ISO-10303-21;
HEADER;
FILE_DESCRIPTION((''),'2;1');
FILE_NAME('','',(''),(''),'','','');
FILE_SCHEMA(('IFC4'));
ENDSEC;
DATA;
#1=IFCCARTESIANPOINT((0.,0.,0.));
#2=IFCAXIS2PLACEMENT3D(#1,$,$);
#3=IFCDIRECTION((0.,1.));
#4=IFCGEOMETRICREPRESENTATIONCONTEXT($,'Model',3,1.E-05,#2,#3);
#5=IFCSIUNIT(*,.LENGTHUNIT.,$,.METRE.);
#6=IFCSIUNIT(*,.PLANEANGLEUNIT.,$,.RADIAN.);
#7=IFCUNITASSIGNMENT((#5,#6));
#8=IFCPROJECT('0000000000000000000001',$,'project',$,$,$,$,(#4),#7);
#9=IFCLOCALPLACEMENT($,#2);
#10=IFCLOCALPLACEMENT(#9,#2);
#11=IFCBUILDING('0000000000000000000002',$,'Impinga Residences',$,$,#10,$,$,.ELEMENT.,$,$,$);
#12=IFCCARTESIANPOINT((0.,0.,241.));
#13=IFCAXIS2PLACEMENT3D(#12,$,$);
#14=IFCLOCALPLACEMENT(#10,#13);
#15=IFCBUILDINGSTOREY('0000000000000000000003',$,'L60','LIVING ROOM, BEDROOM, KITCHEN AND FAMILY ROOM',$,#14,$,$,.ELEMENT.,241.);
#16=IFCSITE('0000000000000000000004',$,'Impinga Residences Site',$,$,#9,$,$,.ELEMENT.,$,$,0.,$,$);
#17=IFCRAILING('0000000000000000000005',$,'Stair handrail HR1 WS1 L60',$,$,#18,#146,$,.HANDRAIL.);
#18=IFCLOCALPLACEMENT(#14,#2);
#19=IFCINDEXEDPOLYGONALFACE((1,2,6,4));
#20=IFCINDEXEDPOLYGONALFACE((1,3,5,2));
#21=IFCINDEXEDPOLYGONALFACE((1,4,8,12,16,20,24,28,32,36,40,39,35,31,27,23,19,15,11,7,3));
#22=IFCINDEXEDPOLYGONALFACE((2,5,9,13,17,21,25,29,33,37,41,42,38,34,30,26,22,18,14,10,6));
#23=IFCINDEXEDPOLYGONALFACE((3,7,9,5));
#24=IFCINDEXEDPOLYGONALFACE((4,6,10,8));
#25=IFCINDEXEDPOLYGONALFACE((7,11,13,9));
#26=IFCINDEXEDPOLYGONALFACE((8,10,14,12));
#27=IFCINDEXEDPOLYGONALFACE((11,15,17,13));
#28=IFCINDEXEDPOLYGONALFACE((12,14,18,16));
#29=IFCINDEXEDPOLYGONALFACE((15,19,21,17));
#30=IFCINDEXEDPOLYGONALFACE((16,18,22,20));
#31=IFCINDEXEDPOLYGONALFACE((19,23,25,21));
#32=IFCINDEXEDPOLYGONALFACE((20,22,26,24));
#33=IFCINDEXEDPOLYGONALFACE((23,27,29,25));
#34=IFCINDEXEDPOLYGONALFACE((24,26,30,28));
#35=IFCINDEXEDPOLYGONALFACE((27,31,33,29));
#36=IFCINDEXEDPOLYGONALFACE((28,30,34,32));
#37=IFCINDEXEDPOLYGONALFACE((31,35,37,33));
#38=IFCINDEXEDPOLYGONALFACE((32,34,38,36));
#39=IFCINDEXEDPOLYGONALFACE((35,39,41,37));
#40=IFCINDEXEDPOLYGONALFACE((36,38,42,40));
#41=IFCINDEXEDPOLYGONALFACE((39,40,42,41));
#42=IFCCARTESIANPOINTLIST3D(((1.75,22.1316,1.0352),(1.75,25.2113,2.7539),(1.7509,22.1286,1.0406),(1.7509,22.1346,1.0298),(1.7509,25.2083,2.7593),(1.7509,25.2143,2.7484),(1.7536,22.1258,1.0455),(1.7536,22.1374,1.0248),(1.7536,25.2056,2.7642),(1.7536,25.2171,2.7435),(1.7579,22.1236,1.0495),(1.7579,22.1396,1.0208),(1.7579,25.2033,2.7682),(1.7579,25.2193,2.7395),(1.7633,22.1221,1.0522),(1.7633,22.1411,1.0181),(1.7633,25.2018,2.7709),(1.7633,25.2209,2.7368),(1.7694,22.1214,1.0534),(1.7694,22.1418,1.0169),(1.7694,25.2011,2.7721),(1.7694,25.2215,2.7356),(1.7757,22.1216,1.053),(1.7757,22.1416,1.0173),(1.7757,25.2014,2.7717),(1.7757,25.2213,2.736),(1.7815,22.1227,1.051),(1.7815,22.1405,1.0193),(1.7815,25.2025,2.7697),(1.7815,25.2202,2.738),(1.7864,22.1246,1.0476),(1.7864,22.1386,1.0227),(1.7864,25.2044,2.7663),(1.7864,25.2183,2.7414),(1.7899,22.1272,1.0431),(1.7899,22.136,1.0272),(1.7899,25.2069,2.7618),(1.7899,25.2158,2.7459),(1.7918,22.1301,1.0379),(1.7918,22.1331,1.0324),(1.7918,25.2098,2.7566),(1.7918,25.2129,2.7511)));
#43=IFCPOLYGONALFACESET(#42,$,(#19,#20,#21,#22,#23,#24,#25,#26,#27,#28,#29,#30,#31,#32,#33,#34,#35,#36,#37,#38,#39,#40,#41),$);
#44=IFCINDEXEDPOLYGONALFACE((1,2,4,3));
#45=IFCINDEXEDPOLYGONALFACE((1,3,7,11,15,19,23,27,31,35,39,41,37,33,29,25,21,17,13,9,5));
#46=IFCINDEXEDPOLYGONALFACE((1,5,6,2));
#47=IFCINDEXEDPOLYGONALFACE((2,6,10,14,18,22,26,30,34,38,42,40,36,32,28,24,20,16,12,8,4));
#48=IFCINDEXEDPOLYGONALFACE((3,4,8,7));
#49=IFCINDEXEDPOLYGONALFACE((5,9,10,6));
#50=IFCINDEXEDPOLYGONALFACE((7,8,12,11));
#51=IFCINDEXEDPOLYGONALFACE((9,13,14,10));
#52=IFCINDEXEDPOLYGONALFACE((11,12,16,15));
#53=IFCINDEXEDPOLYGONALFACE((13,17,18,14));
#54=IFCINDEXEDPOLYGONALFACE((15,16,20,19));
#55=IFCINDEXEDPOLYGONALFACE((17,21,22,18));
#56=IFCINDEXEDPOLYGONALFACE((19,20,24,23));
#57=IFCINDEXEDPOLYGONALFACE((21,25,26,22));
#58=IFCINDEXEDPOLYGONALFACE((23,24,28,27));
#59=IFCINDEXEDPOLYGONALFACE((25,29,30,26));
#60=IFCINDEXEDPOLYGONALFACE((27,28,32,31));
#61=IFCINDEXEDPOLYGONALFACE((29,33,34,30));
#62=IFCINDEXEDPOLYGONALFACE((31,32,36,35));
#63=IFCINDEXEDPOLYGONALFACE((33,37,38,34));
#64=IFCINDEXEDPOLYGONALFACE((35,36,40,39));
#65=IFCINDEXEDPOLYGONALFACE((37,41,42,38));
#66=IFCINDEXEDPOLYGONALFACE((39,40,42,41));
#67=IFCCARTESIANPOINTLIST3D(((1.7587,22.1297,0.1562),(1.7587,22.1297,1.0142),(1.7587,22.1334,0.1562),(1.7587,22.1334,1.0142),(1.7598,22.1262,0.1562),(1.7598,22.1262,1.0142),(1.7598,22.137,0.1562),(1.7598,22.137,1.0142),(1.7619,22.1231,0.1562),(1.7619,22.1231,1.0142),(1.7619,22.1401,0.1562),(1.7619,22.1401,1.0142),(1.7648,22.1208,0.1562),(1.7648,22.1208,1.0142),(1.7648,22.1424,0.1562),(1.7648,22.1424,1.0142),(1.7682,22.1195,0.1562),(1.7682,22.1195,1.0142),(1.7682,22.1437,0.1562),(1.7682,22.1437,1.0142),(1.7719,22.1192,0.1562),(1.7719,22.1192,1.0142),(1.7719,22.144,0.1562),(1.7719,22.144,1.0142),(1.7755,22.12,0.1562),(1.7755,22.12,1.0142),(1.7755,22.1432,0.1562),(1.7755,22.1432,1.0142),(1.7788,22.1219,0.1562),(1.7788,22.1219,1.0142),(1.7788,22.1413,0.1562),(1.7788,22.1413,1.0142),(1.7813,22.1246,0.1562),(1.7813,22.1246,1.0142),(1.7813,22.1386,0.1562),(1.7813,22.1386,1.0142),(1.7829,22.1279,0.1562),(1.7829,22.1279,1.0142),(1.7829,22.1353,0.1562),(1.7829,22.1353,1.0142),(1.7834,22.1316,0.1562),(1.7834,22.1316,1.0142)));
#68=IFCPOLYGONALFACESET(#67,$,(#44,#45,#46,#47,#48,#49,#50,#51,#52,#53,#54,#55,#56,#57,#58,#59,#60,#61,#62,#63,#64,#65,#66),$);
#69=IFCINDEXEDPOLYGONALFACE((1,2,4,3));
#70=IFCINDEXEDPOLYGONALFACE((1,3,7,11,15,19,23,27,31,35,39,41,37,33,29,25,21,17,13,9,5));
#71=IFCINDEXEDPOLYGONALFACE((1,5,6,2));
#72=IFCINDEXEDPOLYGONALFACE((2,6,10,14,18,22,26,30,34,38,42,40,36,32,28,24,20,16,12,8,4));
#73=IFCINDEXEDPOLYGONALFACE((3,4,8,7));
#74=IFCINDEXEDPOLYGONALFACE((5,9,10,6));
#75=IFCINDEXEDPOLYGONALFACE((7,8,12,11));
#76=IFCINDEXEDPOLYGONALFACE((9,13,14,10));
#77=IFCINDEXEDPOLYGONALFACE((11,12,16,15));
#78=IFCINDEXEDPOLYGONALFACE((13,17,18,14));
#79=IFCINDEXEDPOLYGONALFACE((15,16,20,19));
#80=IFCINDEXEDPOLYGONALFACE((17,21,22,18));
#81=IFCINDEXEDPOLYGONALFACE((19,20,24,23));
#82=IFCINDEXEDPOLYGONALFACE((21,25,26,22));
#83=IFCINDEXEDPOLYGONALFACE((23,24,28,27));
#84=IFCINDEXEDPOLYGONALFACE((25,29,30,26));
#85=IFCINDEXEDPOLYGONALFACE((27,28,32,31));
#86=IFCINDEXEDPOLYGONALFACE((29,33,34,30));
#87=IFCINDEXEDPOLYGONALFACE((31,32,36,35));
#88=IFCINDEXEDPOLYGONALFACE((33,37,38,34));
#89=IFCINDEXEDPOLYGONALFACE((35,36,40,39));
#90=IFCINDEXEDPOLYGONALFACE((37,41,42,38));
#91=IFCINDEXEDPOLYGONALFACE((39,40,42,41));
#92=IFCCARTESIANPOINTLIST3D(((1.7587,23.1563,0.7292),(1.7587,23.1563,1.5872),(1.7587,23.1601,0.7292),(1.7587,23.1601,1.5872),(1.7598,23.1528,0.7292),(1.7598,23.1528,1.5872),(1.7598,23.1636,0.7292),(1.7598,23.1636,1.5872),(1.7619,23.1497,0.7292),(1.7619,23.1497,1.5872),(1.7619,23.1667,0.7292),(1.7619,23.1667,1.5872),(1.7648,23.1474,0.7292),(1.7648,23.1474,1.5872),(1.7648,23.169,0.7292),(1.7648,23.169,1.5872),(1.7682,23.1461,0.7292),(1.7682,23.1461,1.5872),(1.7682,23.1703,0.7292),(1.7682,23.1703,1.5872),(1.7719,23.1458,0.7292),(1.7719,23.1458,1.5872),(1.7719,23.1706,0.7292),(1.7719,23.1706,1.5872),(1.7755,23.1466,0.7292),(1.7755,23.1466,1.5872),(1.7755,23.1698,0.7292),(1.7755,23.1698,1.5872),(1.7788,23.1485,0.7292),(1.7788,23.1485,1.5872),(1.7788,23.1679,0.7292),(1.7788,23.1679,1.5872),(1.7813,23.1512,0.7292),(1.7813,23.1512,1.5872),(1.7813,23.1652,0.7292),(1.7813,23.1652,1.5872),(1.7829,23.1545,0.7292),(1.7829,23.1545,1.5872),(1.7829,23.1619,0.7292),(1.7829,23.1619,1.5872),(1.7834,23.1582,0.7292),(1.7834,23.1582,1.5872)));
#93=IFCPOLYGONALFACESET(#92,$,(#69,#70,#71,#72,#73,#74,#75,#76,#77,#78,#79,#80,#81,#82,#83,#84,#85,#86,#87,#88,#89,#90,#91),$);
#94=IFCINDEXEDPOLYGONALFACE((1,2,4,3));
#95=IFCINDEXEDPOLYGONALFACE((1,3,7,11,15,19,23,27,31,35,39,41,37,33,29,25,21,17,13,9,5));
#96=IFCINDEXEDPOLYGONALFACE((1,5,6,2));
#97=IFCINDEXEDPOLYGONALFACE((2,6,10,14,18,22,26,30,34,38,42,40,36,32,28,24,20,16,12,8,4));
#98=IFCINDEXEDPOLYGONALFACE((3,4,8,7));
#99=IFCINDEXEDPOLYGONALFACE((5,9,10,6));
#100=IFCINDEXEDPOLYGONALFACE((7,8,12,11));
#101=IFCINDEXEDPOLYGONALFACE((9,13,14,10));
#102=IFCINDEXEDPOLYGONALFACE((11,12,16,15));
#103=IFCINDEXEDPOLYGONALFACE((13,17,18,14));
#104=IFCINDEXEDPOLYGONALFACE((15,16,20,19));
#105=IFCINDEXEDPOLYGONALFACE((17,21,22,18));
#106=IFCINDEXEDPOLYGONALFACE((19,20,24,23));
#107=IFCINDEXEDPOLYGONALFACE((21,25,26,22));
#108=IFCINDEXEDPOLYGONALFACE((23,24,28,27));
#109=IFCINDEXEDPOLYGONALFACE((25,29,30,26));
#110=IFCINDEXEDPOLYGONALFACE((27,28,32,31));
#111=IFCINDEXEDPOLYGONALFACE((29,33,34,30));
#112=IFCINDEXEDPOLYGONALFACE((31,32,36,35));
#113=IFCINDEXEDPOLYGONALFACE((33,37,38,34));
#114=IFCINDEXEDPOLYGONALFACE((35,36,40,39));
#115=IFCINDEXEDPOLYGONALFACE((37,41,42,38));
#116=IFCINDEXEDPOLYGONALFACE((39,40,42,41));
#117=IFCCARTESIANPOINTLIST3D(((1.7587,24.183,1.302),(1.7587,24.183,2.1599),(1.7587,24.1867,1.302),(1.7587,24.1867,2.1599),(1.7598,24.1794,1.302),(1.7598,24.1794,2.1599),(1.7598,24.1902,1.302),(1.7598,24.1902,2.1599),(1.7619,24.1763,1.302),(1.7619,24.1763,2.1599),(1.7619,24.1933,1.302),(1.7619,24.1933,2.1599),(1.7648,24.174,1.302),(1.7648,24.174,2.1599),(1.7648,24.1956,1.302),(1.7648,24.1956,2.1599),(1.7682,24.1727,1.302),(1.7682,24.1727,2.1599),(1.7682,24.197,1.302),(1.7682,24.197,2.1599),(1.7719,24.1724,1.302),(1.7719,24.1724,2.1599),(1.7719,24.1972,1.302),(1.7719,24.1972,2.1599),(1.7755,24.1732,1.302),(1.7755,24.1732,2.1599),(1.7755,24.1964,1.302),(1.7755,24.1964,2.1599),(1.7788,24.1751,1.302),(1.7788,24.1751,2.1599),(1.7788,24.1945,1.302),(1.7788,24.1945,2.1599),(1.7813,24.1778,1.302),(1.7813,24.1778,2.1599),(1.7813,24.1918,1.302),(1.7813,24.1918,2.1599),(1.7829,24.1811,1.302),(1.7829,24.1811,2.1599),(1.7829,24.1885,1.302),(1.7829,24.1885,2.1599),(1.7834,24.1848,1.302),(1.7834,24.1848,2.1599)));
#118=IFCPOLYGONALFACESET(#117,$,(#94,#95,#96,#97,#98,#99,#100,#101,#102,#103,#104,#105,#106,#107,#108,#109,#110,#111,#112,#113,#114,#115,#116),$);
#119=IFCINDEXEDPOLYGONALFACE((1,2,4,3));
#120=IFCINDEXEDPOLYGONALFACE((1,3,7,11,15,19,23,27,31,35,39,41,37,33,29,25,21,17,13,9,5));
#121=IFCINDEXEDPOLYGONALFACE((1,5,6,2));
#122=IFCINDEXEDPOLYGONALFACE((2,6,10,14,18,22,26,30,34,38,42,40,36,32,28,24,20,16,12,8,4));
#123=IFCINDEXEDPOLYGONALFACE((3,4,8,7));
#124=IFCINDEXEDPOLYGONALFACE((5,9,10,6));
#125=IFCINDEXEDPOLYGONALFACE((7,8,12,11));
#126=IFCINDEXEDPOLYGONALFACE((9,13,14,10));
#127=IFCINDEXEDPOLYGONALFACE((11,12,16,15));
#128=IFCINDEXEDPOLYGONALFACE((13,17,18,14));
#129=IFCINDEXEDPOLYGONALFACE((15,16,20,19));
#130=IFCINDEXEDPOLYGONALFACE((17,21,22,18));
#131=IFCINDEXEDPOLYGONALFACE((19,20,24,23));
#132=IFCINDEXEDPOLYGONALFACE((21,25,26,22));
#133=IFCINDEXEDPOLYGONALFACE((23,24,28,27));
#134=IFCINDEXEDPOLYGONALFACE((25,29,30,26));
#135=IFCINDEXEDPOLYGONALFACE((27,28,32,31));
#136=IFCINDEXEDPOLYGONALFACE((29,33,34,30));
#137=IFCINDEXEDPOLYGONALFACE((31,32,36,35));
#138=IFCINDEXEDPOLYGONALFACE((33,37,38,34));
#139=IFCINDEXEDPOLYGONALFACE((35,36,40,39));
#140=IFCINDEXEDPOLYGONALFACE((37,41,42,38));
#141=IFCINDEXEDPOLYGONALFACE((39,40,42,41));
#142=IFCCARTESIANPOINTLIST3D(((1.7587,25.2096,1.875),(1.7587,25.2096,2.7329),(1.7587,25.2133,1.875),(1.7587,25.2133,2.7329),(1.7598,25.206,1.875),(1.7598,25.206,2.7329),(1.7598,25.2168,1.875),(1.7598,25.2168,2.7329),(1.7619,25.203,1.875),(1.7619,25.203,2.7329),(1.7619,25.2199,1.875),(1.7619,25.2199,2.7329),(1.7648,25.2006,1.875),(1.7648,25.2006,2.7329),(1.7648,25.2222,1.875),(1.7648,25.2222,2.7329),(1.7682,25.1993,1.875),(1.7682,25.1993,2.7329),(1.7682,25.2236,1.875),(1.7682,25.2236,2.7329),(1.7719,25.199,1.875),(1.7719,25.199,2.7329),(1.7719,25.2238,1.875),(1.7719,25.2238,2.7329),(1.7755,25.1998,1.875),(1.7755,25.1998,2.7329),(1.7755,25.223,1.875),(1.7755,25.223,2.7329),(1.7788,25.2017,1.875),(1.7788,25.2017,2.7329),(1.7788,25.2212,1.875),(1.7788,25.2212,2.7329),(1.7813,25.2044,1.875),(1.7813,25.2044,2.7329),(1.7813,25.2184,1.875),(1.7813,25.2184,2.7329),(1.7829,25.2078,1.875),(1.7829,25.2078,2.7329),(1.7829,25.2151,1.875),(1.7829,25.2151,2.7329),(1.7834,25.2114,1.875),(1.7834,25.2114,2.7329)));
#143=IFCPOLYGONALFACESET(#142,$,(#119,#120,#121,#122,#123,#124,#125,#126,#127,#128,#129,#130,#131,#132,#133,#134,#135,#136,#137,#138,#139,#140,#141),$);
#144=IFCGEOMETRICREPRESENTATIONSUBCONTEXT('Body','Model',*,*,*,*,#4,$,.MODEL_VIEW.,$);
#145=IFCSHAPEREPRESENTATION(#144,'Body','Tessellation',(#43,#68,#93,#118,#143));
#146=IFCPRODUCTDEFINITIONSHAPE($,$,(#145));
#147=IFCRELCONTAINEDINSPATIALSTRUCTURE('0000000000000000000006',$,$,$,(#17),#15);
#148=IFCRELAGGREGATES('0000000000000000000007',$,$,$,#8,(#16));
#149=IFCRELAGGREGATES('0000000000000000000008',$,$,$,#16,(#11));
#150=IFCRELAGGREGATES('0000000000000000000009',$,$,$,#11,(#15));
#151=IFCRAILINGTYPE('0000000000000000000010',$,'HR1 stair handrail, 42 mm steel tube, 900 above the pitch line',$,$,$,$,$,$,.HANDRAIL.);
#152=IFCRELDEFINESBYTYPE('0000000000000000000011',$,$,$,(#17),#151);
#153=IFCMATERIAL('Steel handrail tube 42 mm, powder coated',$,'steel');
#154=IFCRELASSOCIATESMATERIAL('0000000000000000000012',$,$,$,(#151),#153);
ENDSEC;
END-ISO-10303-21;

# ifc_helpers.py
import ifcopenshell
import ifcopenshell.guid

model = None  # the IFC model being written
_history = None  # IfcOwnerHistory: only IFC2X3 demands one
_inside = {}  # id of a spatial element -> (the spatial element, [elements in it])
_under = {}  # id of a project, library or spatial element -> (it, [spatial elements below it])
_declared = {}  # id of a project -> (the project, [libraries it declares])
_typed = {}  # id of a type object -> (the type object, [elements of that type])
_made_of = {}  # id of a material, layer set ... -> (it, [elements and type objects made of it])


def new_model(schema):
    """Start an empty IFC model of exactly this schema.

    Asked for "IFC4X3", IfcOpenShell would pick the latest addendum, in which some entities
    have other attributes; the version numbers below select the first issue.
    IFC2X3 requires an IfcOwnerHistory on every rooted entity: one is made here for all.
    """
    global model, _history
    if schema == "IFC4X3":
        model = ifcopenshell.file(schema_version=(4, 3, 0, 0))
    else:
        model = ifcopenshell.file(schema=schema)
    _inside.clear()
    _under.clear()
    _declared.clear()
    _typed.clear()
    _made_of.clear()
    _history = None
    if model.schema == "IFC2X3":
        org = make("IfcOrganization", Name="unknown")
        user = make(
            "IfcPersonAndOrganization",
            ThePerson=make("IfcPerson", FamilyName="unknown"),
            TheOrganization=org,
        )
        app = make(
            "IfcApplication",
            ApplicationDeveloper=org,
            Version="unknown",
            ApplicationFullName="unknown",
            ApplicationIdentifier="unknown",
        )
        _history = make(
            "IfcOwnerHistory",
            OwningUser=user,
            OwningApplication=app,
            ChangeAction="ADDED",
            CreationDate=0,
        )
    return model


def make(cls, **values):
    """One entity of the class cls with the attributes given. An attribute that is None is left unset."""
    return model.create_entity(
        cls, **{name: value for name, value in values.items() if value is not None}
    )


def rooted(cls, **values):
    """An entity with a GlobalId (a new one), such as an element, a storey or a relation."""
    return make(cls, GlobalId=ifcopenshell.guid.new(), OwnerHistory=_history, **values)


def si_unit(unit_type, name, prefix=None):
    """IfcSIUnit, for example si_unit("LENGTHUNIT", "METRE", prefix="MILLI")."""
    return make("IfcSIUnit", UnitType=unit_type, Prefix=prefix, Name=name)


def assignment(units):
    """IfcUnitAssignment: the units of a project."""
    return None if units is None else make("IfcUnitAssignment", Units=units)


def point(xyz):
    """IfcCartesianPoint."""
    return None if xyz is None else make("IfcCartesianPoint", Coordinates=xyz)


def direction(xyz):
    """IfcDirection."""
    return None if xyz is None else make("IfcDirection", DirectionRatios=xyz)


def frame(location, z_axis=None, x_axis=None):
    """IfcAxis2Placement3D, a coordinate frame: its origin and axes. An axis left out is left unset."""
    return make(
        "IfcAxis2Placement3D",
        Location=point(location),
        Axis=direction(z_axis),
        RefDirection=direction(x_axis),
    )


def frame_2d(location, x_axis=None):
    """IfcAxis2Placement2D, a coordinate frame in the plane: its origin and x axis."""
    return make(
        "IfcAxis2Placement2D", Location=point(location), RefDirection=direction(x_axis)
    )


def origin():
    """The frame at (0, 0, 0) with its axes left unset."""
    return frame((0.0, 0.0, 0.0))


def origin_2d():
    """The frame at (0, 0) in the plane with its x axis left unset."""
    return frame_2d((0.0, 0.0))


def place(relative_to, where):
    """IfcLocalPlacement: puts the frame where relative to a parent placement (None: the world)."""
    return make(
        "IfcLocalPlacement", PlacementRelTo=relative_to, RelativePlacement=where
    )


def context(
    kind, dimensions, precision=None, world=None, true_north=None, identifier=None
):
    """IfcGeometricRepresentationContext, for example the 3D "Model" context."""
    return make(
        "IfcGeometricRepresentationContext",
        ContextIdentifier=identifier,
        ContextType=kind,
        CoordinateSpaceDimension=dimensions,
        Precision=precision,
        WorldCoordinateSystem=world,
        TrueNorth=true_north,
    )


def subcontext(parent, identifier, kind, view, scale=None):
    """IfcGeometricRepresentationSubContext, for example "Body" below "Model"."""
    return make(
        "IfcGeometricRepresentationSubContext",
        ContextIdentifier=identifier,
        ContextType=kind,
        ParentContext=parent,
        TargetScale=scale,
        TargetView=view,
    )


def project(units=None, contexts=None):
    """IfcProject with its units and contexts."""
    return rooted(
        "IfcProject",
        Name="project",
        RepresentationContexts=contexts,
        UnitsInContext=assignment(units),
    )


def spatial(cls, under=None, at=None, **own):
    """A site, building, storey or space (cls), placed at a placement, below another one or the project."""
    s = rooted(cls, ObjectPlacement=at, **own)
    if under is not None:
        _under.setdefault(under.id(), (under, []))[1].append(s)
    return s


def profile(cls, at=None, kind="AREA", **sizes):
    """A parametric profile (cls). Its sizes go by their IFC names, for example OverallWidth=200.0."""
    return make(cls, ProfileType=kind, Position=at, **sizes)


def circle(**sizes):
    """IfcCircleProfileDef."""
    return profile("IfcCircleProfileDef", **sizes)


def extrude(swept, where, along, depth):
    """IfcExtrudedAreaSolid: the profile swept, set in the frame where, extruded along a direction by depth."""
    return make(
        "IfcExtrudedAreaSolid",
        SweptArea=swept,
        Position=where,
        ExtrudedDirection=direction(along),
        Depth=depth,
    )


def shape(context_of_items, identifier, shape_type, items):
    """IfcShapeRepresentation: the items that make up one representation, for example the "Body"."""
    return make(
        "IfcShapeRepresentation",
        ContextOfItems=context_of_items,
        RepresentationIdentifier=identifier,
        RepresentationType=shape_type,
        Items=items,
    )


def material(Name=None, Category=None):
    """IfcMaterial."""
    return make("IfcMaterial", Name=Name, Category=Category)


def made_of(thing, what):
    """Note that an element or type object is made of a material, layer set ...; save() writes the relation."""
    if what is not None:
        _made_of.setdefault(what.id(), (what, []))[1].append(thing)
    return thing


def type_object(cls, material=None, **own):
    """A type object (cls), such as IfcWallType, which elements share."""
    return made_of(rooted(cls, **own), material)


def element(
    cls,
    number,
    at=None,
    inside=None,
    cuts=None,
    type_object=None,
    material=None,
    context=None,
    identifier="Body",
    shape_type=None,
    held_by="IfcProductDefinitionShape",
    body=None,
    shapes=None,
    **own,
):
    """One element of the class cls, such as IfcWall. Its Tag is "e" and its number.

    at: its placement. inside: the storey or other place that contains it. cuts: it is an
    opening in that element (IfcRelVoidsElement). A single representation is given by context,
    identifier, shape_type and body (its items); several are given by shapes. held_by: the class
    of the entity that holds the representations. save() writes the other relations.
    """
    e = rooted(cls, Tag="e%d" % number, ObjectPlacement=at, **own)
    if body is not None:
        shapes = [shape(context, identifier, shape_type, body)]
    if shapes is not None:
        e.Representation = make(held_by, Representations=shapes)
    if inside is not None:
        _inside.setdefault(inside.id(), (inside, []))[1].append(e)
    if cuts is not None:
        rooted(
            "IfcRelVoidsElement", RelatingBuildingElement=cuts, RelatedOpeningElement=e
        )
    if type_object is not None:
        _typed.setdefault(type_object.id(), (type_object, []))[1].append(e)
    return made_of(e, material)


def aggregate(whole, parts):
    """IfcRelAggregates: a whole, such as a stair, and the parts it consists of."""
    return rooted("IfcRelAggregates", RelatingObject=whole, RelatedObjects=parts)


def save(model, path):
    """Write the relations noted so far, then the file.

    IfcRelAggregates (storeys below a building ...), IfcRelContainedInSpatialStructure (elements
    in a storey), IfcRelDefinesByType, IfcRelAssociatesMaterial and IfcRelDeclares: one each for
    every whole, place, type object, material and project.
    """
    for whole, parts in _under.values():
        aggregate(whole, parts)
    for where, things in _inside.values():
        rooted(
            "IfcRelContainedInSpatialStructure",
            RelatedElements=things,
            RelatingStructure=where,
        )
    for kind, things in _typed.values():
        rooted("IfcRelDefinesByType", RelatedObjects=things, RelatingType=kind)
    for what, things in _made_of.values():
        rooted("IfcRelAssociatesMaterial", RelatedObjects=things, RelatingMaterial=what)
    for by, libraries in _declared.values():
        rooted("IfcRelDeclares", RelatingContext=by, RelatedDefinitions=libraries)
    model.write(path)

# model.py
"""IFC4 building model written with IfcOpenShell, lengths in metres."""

from ifc_helpers import new_model, si_unit, direction, frame, origin, origin_2d, place, context, subcontext, project, spatial, circle, extrude, material, type_object, element, save


model = new_model("IFC4")

# Units and contexts
model_context = context("Model", 3, precision=1e-05, world=origin(), true_north=direction((0.0, 1.0)))
body_context = subcontext(model_context, "Body", "Model", "MODEL_VIEW")
ifc_project = project(units=[si_unit("LENGTHUNIT", "METRE"), si_unit("PLANEANGLEUNIT", "RADIAN")], contexts=[model_context])

# Site, building, storey
site_placement = place(None, origin())
site = spatial("IfcSite", under=ifc_project, at=site_placement, Name="Impinga Residences Site", CompositionType="ELEMENT", RefElevation=0.0)
building_placement = place(site_placement, origin())
building = spatial("IfcBuilding", under=site, at=building_placement, Name="Impinga Residences", CompositionType="ELEMENT")
storey_placement = place(building_placement, frame((0.0, 0.0, 241.0)))
storey = spatial("IfcBuildingStorey", under=building, at=storey_placement, Name="L60", Description="LIVING ROOM, BEDROOM, KITCHEN AND FAMILY ROOM", CompositionType="ELEMENT", Elevation=241.0)

# Railing
ifc_material_1 = material(Name="Steel handrail tube 42 mm, powder coated", Category="steel")
railing_type_1 = type_object("IfcRailingType", Name="HR1 stair handrail, 42 mm steel tube, 900 above the pitch line", PredefinedType="HANDRAIL", material=ifc_material_1)
railing_1_placement = place(storey_placement, frame((1.771, 22.1316, 0.1562)))
element("IfcRailing", 1, at=railing_1_placement, inside=storey, type_object=railing_type_1, Name="Stair handrail HR1 WS1 L60", PredefinedType="HANDRAIL", context=body_context, shape_type="SweptSolid", body=[
    extrude(circle(Radius=0.021, at=origin_2d()), frame((0.0, 0.0, 0.8789), z_axis=(0.0, 0.873225, 0.487317), x_axis=(-1.0, 0.0, 0.0)), (0.0, 0.0, 1.0), 3.5269),
    extrude(circle(Radius=0.0125, at=origin_2d()), origin(), (0.0, 0.0, 1.0), 0.8579),
    extrude(circle(Radius=0.0125, at=origin_2d()), frame((0.0, 1.0266, 0.573)), (0.0, 0.0, 1.0), 0.8579),
    extrude(circle(Radius=0.0125, at=origin_2d()), frame((0.0, 2.0532, 1.1458)), (0.0, 0.0, 1.0), 0.8579),
    extrude(circle(Radius=0.0125, at=origin_2d()), frame((0.0, 3.0798, 1.7188)), (0.0, 0.0, 1.0), 0.8579),
])

save(model, "model.ifc")
